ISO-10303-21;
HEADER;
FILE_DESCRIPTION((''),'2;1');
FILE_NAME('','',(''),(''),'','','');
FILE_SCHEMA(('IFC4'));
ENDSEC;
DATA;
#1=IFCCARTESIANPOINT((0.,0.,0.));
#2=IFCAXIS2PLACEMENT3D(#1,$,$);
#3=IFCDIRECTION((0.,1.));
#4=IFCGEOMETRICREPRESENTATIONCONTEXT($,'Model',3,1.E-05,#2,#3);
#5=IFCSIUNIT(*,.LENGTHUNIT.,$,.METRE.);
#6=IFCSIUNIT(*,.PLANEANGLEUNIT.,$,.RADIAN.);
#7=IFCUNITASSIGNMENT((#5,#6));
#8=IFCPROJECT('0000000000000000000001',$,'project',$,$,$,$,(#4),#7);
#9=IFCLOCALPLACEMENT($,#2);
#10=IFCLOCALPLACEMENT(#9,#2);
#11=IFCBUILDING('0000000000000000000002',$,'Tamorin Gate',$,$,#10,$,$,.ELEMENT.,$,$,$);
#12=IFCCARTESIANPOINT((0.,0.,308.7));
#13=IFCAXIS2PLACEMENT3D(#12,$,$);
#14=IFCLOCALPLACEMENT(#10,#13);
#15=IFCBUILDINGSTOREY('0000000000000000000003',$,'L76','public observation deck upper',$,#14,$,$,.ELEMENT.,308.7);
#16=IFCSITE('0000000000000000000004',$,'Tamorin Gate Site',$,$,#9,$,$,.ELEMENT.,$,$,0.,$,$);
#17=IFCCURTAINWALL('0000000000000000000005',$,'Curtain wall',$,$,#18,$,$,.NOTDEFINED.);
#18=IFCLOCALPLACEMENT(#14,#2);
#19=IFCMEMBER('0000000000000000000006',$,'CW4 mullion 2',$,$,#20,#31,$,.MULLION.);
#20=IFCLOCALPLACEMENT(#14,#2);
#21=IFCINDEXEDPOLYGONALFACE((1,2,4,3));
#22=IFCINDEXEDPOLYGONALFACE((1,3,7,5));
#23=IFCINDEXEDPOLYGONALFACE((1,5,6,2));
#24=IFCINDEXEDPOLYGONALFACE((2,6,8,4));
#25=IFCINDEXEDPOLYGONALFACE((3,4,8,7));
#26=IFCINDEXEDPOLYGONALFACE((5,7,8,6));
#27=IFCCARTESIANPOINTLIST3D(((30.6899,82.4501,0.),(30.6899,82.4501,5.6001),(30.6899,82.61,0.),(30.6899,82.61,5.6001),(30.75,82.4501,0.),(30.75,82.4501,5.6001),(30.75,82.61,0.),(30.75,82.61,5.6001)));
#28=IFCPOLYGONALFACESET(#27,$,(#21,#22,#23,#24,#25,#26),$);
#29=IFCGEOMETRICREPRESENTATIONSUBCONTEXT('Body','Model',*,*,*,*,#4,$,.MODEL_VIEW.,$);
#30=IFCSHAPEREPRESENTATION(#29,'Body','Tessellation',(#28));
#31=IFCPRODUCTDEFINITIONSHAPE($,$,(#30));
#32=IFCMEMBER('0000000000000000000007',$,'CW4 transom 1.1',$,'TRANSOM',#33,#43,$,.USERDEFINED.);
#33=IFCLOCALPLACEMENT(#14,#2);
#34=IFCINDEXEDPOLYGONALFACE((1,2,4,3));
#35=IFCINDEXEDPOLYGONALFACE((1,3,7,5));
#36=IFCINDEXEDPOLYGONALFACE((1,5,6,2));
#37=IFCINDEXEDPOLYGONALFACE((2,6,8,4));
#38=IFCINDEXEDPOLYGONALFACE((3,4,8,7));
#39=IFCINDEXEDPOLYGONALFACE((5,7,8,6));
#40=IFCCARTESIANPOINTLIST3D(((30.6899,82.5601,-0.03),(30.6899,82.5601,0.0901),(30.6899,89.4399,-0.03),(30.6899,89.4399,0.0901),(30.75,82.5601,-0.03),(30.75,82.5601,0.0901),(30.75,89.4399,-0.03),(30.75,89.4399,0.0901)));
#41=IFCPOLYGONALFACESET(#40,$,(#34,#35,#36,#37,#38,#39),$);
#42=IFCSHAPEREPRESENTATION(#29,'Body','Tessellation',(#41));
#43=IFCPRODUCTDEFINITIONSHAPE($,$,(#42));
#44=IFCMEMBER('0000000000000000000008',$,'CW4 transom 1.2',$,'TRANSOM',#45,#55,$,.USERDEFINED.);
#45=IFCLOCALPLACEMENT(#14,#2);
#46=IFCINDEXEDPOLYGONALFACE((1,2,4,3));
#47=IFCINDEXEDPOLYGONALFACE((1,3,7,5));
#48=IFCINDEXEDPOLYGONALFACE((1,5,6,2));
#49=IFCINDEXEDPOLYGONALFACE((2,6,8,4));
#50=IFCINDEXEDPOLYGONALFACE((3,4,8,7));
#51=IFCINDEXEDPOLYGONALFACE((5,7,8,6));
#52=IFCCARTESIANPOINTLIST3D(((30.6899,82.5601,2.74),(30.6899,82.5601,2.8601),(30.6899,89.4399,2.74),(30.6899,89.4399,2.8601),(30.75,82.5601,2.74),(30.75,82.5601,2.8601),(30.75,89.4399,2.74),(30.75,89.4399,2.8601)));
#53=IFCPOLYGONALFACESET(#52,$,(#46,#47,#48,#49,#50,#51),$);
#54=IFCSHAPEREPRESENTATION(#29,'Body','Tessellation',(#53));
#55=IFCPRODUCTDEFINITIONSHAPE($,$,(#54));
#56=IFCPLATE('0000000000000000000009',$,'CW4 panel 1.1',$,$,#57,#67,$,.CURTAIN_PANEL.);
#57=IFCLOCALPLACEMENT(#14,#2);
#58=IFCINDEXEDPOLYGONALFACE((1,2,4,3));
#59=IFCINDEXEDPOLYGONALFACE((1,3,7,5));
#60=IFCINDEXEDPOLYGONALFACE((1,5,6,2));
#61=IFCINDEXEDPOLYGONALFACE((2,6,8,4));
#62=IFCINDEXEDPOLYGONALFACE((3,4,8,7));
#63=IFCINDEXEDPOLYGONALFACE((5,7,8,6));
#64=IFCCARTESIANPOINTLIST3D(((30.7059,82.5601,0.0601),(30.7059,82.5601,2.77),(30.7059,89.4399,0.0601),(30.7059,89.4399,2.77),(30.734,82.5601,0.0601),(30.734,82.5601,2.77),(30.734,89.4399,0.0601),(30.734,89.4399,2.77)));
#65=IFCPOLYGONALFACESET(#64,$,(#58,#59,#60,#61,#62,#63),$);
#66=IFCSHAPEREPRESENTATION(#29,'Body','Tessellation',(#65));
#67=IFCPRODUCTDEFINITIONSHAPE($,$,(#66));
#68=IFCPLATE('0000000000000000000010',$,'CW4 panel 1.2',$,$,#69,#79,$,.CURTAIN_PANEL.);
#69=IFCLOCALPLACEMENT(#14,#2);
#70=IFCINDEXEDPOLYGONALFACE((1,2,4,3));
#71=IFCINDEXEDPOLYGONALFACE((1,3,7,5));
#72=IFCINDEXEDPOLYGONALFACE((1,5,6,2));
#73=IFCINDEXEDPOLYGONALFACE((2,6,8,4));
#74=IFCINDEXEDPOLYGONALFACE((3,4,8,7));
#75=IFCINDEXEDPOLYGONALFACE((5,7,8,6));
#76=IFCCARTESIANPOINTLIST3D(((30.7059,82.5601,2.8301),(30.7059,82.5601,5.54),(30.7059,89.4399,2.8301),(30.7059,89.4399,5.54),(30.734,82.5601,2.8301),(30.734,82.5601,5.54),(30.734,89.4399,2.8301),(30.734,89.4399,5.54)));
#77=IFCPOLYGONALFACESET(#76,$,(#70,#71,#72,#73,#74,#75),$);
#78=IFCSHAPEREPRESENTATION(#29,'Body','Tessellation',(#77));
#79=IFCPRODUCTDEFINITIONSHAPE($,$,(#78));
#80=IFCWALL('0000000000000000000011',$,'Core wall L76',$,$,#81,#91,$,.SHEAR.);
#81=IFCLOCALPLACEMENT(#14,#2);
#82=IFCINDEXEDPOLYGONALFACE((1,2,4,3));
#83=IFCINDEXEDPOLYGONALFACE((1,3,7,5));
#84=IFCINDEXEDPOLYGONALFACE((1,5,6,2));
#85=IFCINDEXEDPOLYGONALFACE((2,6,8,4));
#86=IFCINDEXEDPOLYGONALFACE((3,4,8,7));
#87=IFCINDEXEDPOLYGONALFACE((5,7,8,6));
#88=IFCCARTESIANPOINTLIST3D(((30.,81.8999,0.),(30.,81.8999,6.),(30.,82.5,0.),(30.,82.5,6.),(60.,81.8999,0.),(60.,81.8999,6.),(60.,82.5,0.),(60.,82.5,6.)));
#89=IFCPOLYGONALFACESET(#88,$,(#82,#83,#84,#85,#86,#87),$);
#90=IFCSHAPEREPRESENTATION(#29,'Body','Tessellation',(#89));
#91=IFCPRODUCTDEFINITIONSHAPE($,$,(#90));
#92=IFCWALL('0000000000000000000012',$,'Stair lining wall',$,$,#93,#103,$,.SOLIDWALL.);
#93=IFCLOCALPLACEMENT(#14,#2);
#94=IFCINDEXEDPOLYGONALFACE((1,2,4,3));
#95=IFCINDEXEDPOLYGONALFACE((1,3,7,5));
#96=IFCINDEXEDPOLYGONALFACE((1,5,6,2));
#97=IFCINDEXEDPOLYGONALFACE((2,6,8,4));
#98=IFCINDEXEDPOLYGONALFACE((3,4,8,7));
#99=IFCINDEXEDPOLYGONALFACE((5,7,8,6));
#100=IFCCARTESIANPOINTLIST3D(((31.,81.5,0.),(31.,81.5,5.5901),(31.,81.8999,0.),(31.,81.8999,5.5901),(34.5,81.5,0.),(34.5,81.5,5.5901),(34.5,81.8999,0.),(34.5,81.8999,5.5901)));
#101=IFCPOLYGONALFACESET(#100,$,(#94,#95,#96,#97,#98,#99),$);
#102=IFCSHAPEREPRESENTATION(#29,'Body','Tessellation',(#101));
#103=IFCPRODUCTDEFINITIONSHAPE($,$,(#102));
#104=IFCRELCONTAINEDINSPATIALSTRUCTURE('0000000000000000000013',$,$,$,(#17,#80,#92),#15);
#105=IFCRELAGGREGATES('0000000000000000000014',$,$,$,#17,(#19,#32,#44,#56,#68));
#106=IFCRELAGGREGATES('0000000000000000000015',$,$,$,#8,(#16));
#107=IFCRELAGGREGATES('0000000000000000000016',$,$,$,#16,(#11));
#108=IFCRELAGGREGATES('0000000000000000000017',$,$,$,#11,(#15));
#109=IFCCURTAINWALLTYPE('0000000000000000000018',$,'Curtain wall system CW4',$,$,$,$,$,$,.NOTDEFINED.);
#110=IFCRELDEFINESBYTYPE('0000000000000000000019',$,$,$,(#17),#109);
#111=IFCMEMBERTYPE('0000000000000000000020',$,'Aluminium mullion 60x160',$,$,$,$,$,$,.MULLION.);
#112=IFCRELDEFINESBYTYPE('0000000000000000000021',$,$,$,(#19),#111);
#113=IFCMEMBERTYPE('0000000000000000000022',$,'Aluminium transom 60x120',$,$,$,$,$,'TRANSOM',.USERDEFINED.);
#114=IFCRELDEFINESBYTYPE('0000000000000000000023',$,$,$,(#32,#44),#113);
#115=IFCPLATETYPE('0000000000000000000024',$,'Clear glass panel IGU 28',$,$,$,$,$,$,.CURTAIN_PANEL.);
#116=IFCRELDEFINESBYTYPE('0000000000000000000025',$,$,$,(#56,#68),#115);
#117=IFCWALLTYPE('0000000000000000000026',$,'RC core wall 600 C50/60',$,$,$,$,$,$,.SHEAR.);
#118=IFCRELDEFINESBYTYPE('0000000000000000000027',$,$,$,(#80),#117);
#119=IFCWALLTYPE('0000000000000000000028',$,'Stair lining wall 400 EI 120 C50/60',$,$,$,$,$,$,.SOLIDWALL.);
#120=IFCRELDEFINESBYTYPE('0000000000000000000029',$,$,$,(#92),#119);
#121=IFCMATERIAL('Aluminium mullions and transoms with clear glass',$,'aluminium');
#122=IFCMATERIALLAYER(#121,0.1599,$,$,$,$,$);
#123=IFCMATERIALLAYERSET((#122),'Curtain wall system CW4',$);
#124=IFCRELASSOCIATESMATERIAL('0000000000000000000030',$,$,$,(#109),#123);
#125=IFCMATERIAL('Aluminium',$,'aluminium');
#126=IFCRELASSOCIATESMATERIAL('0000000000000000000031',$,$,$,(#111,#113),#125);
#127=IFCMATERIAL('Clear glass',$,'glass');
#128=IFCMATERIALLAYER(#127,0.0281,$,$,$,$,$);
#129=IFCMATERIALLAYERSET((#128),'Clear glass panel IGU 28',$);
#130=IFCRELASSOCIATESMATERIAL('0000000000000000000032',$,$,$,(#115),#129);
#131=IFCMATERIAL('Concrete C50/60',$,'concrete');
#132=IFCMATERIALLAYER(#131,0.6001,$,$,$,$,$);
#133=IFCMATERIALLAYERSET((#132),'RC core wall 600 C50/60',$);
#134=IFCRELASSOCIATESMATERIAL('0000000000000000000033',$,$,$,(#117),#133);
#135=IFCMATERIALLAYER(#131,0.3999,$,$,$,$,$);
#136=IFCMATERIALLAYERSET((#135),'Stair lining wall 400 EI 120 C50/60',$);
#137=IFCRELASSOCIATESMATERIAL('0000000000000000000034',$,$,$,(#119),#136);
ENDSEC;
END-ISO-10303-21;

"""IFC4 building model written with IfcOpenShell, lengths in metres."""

from ifc_helpers import new_model, si_unit, direction, frame, frame_2d, origin, origin_2d, place, context, subcontext, project, spatial, rectangle, extrude, material, layer, layer_set, material_profile, profile_set, type_object, element, aggregate, save


model = new_model("IFC4")

# Units and contexts
model_context = context("Model", 3, precision=1e-05, world=origin(), true_north=direction((0.0, 1.0)))
body_context = subcontext(model_context, "Body", "Model", "MODEL_VIEW")
ifc_project = project(units=[si_unit("LENGTHUNIT", "METRE"), si_unit("PLANEANGLEUNIT", "RADIAN")], contexts=[model_context])

# Site, building, storey
site_placement = place(None, origin())
site = spatial("IfcSite", under=ifc_project, at=site_placement, Name="Tamorin Gate Site", CompositionType="ELEMENT", RefElevation=0.0)
building_placement = place(site_placement, origin())
building = spatial("IfcBuilding", under=site, at=building_placement, Name="Tamorin Gate", CompositionType="ELEMENT")
storey_placement = place(building_placement, frame((0.0, 0.0, 308.7)))
storey = spatial("IfcBuildingStorey", under=building, at=storey_placement, Name="L76", Description="public observation deck upper", CompositionType="ELEMENT", Elevation=308.7)

# Curtain wall, members, plates
ifc_material_1 = material(Name="Aluminium mullions and transoms with clear glass", Category="aluminium")
ifc_layer_1 = layer(ifc_material_1, 0.1599)
ifc_layer_set_1 = layer_set([ifc_layer_1], Name="Curtain wall system CW4")
curtain_wall_type = type_object("IfcCurtainWallType", Name="Curtain wall system CW4", PredefinedType="NOTDEFINED", material=ifc_layer_set_1)
curtain_wall_placement = place(storey_placement, origin())
curtain_wall = element("IfcCurtainWall", 1, at=curtain_wall_placement, inside=storey, type_object=curtain_wall_type, Name="Curtain wall", PredefinedType="NOTDEFINED")
ifc_material_2 = material(Name="Aluminium", Category="aluminium")
ifc_material_profile_1 = material_profile(ifc_material_2, rectangle(XDim=0.0601, YDim=0.1599, at=origin_2d()), Name="RECT 60x160")
ifc_profile_set_1 = profile_set([ifc_material_profile_1], Name="Aluminium")
member_type_1 = type_object("IfcMemberType", Name="Aluminium mullion 60x160", PredefinedType="MULLION", material=ifc_profile_set_1)
member_1_placement = place(storey_placement, frame((30.72, 82.53, 0.0), z_axis=(0.0, 0.0, 1.0), x_axis=(1.0, 0.0, 0.0)))
member_1 = element("IfcMember", 2, at=member_1_placement, type_object=member_type_1, Name="CW4 mullion 2", PredefinedType="MULLION", context=body_context, shape_type="SweptSolid", body=[
    extrude(rectangle(XDim=0.0601, YDim=0.1599, at=origin_2d()), origin(), (0.0, 0.0, 1.0), 5.6001),
])
ifc_material_profile_2 = material_profile(ifc_material_2, rectangle(XDim=0.0601, YDim=0.1201, at=origin_2d()), Name="RECT 60x120")
ifc_profile_set_2 = profile_set([ifc_material_profile_2], Name="Aluminium")
member_type_2 = type_object("IfcMemberType", Name="Aluminium transom 60x120", ElementType="TRANSOM", PredefinedType="USERDEFINED", material=ifc_profile_set_2)
member_2_placement = place(storey_placement, frame((30.72, 89.4399, 0.03), z_axis=(0.0, -1.0, 0.0), x_axis=(1.0, 0.0, 0.0)))
member_2 = element("IfcMember", 3, at=member_2_placement, type_object=member_type_2, Name="CW4 transom 1.1", ObjectType="TRANSOM", PredefinedType="USERDEFINED", context=body_context, shape_type="SweptSolid", body=[
    extrude(rectangle(XDim=0.0601, YDim=0.1201, at=origin_2d()), origin(), (0.0, 0.0, 1.0), 6.8799),
])
member_3_placement = place(storey_placement, frame((30.72, 89.4399, 2.8), z_axis=(0.0, -1.0, 0.0), x_axis=(1.0, 0.0, 0.0)))
member_3 = element("IfcMember", 4, at=member_3_placement, type_object=member_type_2, Name="CW4 transom 1.2", ObjectType="TRANSOM", PredefinedType="USERDEFINED", context=body_context, shape_type="SweptSolid", body=[
    extrude(rectangle(XDim=0.0601, YDim=0.1201, at=origin_2d()), origin(), (0.0, 0.0, 1.0), 6.8799),
])
ifc_material_3 = material(Name="Clear glass", Category="glass")
ifc_layer_2 = layer(ifc_material_3, 0.0281)
ifc_layer_set_2 = layer_set([ifc_layer_2], Name="Clear glass panel IGU 28")
plate_type = type_object("IfcPlateType", Name="Clear glass panel IGU 28", PredefinedType="CURTAIN_PANEL", material=ifc_layer_set_2)
plate_1_placement = place(storey_placement, frame((30.72, 86.0, 0.0601), z_axis=(0.0, 0.0, 1.0), x_axis=(0.0, -1.0, 0.0)))
plate_1 = element("IfcPlate", 5, at=plate_1_placement, type_object=plate_type, Name="CW4 panel 1.1", PredefinedType="CURTAIN_PANEL", context=body_context, shape_type="SweptSolid", body=[
    extrude(rectangle(XDim=6.8799, YDim=0.0281, at=origin_2d()), origin(), (0.0, 0.0, 1.0), 2.71),
])
plate_2_placement = place(storey_placement, frame((30.72, 86.0, 2.8301), z_axis=(0.0, 0.0, 1.0), x_axis=(0.0, -1.0, 0.0)))
plate_2 = element("IfcPlate", 6, at=plate_2_placement, type_object=plate_type, Name="CW4 panel 1.2", PredefinedType="CURTAIN_PANEL", context=body_context, shape_type="SweptSolid", body=[
    extrude(rectangle(XDim=6.8799, YDim=0.0281, at=origin_2d()), origin(), (0.0, 0.0, 1.0), 2.71),
])
aggregate(curtain_wall, [member_1, member_2, member_3, plate_1, plate_2])

# Walls
ifc_material_4 = material(Name="Concrete C50/60", Category="concrete")
ifc_layer_3 = layer(ifc_material_4, 0.6001)
ifc_layer_set_3 = layer_set([ifc_layer_3], Name="RC core wall 600 C50/60")
wall_type_1 = type_object("IfcWallType", Name="RC core wall 600 C50/60", PredefinedType="SHEAR", material=ifc_layer_set_3)
wall_1_placement = place(storey_placement, frame((30.0, 82.2, 0.0), z_axis=(0.0, 0.0, 1.0), x_axis=(1.0, 0.0, 0.0)))
element("IfcWall", 7, at=wall_1_placement, inside=storey, type_object=wall_type_1, Name="Core wall L76", PredefinedType="SHEAR", context=body_context, shape_type="SweptSolid", body=[
    extrude(rectangle(XDim=30.0, YDim=0.6001, at=frame_2d((15.0, 0.0))), origin(), (0.0, 0.0, 1.0), 6.0),
])
ifc_layer_4 = layer(ifc_material_4, 0.3999)
ifc_layer_set_4 = layer_set([ifc_layer_4], Name="Stair lining wall 400 EI 120 C50/60")
wall_type_2 = type_object("IfcWallType", Name="Stair lining wall 400 EI 120 C50/60", PredefinedType="SOLIDWALL", material=ifc_layer_set_4)
wall_2_placement = place(storey_placement, frame((31.0, 81.7, 0.0), z_axis=(0.0, 0.0, 1.0), x_axis=(1.0, 0.0, 0.0)))
element("IfcWall", 8, at=wall_2_placement, inside=storey, type_object=wall_type_2, Name="Stair lining wall", PredefinedType="SOLIDWALL", context=body_context, shape_type="SweptSolid", body=[
    extrude(rectangle(XDim=3.5, YDim=0.3999, at=frame_2d((1.75, 0.0))), origin(), (0.0, 0.0, 1.0), 5.5901),
])

save(model, "model.ifc")
